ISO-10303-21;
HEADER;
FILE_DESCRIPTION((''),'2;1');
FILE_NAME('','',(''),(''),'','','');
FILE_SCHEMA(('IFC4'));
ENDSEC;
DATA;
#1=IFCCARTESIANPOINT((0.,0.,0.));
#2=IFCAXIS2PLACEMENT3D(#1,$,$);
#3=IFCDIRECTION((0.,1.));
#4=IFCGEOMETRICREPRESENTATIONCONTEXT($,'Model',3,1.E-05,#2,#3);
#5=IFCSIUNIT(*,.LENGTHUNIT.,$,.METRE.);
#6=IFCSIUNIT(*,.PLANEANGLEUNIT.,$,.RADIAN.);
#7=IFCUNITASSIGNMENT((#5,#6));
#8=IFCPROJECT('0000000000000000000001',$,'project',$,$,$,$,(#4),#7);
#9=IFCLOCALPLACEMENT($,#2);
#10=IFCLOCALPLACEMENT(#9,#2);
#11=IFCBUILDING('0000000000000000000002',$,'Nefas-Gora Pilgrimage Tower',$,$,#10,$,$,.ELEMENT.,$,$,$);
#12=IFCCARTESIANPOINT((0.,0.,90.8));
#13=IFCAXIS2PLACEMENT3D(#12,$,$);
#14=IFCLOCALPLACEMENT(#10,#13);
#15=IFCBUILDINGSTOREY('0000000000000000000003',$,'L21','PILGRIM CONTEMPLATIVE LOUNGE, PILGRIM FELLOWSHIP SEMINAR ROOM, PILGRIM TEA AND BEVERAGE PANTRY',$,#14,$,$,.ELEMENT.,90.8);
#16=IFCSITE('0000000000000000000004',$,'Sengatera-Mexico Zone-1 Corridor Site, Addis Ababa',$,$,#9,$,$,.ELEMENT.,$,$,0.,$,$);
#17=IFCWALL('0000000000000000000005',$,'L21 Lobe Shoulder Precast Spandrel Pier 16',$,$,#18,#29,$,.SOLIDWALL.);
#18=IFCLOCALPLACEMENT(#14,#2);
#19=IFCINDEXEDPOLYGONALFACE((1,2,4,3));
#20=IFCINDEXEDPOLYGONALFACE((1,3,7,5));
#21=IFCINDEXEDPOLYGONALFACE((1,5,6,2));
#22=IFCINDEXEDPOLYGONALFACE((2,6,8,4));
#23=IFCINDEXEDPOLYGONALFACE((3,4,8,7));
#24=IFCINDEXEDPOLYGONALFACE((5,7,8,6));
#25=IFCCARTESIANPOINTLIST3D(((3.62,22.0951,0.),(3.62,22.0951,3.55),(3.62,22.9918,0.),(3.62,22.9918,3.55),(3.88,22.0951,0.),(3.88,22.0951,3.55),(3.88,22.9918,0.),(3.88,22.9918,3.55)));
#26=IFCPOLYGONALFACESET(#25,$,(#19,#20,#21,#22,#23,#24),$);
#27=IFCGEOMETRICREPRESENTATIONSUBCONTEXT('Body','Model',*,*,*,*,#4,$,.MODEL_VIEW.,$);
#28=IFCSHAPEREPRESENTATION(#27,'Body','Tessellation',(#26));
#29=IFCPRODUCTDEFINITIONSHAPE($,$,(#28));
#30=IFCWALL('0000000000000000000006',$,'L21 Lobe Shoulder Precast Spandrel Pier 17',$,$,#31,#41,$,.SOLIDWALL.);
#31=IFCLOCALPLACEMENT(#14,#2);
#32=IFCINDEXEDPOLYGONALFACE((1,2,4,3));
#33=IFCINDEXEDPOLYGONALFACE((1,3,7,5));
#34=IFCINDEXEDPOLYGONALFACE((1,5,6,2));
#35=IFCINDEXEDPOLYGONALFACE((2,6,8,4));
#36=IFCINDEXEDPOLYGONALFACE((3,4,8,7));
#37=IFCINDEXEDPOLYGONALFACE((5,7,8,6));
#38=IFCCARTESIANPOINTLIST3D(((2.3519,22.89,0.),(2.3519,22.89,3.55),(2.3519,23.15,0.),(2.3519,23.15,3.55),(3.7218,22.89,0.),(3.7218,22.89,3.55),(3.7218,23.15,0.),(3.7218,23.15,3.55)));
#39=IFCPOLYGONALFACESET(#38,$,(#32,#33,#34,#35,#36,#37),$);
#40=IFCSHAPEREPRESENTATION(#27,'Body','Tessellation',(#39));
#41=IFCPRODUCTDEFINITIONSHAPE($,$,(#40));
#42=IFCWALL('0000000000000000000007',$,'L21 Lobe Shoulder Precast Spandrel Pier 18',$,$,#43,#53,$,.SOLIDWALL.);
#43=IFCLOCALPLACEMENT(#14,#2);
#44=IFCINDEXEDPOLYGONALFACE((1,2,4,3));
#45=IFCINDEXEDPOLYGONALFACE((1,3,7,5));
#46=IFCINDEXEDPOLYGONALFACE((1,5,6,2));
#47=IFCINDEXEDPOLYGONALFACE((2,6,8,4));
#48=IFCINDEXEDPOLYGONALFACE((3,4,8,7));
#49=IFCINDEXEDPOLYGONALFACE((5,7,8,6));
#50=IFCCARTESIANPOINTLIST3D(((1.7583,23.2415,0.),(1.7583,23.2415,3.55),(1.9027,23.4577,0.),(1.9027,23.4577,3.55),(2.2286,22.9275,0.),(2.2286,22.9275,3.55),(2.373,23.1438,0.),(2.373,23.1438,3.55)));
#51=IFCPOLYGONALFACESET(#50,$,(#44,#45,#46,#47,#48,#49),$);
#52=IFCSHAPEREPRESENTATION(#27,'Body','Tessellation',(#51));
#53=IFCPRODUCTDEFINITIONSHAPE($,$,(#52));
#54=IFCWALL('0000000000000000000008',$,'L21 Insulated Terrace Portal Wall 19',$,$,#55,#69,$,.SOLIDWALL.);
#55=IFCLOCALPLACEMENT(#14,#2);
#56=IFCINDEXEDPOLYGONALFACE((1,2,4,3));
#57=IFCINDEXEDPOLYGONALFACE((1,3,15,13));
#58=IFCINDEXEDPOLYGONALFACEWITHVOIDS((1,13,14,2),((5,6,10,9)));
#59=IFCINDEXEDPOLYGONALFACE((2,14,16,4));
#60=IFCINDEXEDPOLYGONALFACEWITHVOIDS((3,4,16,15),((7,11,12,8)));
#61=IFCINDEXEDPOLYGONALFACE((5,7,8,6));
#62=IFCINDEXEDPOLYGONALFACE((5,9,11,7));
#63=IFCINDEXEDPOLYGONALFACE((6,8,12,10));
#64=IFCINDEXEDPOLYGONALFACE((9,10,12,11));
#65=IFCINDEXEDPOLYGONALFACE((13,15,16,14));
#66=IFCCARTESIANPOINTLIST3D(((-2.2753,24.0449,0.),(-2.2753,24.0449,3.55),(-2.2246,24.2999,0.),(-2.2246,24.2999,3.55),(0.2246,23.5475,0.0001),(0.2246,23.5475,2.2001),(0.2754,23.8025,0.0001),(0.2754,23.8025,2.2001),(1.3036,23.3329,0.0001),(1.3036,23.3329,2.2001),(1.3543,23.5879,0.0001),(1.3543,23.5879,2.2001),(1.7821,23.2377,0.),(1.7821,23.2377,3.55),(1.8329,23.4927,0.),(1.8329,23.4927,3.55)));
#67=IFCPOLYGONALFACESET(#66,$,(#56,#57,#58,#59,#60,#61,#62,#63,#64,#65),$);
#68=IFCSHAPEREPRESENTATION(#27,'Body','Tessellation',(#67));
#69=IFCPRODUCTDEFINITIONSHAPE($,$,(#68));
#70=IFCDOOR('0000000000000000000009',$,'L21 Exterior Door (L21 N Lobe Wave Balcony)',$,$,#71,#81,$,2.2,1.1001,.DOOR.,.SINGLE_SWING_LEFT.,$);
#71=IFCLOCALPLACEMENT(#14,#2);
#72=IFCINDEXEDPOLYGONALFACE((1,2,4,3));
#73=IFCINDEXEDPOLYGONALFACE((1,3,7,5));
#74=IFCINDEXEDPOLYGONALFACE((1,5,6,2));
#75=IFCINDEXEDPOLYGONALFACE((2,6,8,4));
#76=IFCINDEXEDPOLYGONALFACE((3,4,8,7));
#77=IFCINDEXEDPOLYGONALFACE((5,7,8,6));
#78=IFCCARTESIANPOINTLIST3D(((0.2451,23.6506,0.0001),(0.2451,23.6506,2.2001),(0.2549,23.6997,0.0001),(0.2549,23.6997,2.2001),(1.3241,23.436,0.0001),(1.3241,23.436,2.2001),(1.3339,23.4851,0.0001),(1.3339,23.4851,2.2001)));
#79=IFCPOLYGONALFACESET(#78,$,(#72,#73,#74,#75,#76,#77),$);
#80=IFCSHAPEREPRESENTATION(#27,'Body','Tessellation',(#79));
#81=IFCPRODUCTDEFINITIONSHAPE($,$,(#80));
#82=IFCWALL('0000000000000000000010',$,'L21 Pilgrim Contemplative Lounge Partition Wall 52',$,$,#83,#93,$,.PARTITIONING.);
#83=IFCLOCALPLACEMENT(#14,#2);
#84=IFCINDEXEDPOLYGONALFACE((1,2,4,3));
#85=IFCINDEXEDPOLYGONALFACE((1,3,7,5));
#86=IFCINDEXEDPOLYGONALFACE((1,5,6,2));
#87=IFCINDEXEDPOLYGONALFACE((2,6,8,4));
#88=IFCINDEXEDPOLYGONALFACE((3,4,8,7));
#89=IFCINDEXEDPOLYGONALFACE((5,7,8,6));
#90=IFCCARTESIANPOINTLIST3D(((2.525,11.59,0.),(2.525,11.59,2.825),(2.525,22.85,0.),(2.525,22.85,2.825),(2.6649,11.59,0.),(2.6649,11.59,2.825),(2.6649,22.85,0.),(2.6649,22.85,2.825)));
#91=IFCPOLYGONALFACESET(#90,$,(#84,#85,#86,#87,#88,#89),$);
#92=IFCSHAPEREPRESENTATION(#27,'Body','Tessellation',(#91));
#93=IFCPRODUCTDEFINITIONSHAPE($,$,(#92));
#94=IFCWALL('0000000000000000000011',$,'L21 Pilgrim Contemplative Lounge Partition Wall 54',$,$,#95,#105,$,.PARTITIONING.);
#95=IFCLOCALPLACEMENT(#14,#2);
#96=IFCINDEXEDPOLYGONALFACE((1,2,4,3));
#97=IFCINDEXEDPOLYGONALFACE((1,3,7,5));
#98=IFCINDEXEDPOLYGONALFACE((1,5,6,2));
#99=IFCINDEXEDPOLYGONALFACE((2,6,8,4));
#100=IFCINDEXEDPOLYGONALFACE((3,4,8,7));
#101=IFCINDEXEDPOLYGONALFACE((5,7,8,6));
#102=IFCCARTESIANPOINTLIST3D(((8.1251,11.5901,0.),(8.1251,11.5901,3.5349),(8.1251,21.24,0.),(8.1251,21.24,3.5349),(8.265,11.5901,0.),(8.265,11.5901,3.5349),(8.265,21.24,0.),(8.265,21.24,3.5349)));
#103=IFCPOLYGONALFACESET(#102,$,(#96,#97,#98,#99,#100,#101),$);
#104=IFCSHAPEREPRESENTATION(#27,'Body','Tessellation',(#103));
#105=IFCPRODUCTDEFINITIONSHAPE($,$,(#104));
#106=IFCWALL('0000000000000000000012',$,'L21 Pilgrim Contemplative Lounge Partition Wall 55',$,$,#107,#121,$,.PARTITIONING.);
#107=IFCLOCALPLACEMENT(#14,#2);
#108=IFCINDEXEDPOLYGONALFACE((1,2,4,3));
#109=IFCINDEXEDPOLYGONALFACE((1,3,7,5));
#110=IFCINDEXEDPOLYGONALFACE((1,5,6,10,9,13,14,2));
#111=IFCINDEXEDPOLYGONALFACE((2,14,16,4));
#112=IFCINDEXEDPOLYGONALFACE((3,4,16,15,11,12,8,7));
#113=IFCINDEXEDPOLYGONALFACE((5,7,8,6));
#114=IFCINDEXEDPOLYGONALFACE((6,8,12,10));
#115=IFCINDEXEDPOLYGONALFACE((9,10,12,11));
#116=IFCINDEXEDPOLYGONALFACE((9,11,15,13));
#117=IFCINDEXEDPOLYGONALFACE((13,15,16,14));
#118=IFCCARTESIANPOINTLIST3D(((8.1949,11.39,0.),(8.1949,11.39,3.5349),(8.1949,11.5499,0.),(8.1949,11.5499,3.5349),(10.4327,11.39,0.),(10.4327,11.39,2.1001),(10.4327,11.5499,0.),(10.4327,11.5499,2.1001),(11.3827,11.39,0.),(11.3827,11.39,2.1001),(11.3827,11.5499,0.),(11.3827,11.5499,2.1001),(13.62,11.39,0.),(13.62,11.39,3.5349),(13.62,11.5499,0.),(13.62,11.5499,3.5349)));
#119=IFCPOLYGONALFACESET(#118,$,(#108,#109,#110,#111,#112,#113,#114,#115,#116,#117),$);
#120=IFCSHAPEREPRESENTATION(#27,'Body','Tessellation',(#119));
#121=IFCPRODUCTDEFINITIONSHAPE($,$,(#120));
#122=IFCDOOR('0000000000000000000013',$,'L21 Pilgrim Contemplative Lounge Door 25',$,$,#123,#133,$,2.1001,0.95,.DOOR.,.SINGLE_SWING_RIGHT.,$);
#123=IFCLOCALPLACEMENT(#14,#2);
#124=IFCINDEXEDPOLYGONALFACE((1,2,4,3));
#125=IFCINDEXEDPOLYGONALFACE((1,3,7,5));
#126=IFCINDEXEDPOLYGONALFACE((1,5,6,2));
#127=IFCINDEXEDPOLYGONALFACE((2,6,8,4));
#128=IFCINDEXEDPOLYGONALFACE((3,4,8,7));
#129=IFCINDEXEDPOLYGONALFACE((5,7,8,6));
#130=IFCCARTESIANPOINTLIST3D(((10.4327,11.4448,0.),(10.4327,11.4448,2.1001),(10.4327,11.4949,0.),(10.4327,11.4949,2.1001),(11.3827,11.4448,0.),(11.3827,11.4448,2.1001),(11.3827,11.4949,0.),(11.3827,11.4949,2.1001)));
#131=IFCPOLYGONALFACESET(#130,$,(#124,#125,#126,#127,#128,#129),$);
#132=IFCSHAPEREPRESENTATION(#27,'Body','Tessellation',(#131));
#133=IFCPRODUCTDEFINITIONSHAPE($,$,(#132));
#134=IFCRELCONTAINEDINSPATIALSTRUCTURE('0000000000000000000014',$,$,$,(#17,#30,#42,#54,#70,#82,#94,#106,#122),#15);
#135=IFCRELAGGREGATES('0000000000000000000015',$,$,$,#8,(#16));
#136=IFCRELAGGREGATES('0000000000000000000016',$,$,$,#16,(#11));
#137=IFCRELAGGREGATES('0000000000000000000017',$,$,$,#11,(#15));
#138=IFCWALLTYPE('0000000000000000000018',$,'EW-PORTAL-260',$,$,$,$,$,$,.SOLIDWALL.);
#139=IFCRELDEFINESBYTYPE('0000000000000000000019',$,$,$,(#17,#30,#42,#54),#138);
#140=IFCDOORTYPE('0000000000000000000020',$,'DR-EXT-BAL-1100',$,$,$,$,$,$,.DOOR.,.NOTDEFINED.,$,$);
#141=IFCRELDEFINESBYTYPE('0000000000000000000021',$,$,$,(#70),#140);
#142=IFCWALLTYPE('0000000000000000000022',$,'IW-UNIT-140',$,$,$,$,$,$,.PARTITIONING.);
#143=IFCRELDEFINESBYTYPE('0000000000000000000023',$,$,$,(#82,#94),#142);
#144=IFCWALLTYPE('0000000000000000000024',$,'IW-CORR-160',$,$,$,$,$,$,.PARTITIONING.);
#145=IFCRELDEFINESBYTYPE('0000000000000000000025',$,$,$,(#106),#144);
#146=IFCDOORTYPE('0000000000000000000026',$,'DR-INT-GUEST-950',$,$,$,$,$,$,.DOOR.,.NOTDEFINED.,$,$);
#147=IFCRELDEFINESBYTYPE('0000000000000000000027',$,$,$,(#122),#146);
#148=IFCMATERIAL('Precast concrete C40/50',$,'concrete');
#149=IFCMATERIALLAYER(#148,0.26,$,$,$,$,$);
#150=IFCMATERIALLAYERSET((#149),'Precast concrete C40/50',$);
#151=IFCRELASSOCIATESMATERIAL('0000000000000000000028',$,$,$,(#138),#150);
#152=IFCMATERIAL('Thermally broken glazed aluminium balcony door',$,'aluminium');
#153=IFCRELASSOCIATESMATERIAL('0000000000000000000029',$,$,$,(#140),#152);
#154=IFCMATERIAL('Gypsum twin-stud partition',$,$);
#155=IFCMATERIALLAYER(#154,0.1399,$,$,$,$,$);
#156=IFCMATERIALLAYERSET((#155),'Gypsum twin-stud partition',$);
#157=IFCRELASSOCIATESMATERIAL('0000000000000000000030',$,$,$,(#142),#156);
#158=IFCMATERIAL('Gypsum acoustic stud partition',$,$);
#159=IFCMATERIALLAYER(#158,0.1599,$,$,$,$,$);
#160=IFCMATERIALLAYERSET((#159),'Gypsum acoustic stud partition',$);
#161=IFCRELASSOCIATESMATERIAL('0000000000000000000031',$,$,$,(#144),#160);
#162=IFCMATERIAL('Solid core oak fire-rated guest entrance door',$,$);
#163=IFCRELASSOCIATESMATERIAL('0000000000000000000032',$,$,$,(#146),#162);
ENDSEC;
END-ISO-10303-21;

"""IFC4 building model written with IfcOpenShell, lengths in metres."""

from ifc_helpers import new_model, si_unit, direction, frame, frame_2d, origin, place, context, subcontext, project, spatial, rectangle, extrude, source, transform, mapped, material, layer, layer_set, type_object, element, fill, save


model = new_model("IFC4")

# Units and contexts
model_context = context("Model", 3, precision=1e-05, world=origin(), true_north=direction((0.0, 1.0)))
body_context = subcontext(model_context, "Body", "Model", "MODEL_VIEW")
ifc_project = project(units=[si_unit("LENGTHUNIT", "METRE"), si_unit("PLANEANGLEUNIT", "RADIAN")], contexts=[model_context])

# Site, building, storey
site_placement = place(None, origin())
site = spatial("IfcSite", under=ifc_project, at=site_placement, Name="Sengatera-Mexico Zone-1 Corridor Site, Addis Ababa", CompositionType="ELEMENT", RefElevation=0.0)
building_placement = place(site_placement, origin())
building = spatial("IfcBuilding", under=site, at=building_placement, Name="Nefas-Gora Pilgrimage Tower", CompositionType="ELEMENT")
storey_placement = place(building_placement, frame((0.0, 0.0, 90.8)))
storey = spatial("IfcBuildingStorey", under=building, at=storey_placement, Name="L21", Description="PILGRIM CONTEMPLATIVE LOUNGE, PILGRIM FELLOWSHIP SEMINAR ROOM, PILGRIM TEA AND BEVERAGE PANTRY", CompositionType="ELEMENT", Elevation=90.8)

# Walls
ifc_material_1 = material(Name="Precast concrete C40/50", Category="concrete")
ifc_layer_1 = layer(ifc_material_1, 0.26)
ifc_layer_set_1 = layer_set([ifc_layer_1], Name="Precast concrete C40/50")
wall_type_1 = type_object("IfcWallType", Name="EW-PORTAL-260", PredefinedType="SOLIDWALL", material=ifc_layer_set_1)
shared_shape_1 = source(origin(), body_context, "Body", "SweptSolid", [
    extrude(rectangle(XDim=0.8967, YDim=0.26, at=frame_2d((0.4482, 0.0))), origin(), (0.0, 0.0, 1.0), 3.55),
])
wall_1_placement = place(storey_placement, frame((3.75, 22.0952, 0.0), z_axis=(0.0, 0.0, 1.0), x_axis=(0.0, 1.0, 0.0)))
element("IfcWall", 1, at=wall_1_placement, inside=storey, type_object=wall_type_1, Name="L21 Lobe Shoulder Precast Spandrel Pier 16", PredefinedType="SOLIDWALL", context=body_context, shape_type="MappedRepresentation", body=[
    mapped(shared_shape_1, transform((0.0, 0.0, 0.0), x_axis=(1.0, 0.0, 0.0), y_axis=(0.0, 1.0, 0.0), z_axis=(0.0, 0.0, 1.0), scale=1.0)),
])
shared_shape_2 = source(origin(), body_context, "Body", "SweptSolid", [
    extrude(rectangle(XDim=1.3699, YDim=0.26, at=frame_2d((0.6851, 0.0))), origin(), (0.0, 0.0, 1.0), 3.55),
])
wall_2_placement = place(storey_placement, frame((3.7219, 23.02, 0.0), z_axis=(0.0, 0.0, 1.0), x_axis=(-1.0, 0.0, 0.0)))
element("IfcWall", 2, at=wall_2_placement, inside=storey, type_object=wall_type_1, Name="L21 Lobe Shoulder Precast Spandrel Pier 17", PredefinedType="SOLIDWALL", context=body_context, shape_type="MappedRepresentation", body=[
    mapped(shared_shape_2, transform((0.0, 0.0, 0.0), x_axis=(1.0, 0.0, 0.0), y_axis=(0.0, 1.0, 0.0), z_axis=(0.0, 0.0, 1.0), scale=1.0)),
])
shared_shape_3 = source(origin(), body_context, "Body", "SweptSolid", [
    extrude(rectangle(XDim=0.5654, YDim=0.26, at=frame_2d((0.2827, 0.0))), origin(), (0.0, 0.0, 1.0), 3.55),
])
wall_3_placement = place(storey_placement, frame((2.3008, 23.0356, 0.0), z_axis=(0.0, 0.0, 1.0), x_axis=(-0.831651, 0.555298, 0.0)))
element("IfcWall", 3, at=wall_3_placement, inside=storey, type_object=wall_type_1, Name="L21 Lobe Shoulder Precast Spandrel Pier 18", PredefinedType="SOLIDWALL", context=body_context, shape_type="MappedRepresentation", body=[
    mapped(shared_shape_3, transform((0.0, 0.0, 0.0), x_axis=(1.0, 0.0, 0.0), y_axis=(0.0, 1.0, 0.0), z_axis=(0.0, 0.0, 1.0), scale=1.0)),
])

# Wall, opening, door
shared_shape_4 = source(origin(), body_context, "Body", "SweptSolid", [
    extrude(rectangle(XDim=4.137, YDim=0.26, at=frame_2d((2.0684, 0.0))), origin(), (0.0, 0.0, 1.0), 3.55),
])
wall_4_placement = place(storey_placement, frame((1.8074, 23.3652, 0.0), z_axis=(0.0, 0.0, 1.0), x_axis=(-0.980782, 0.195106, 0.0)))
wall_4 = element("IfcWall", 4, at=wall_4_placement, inside=storey, type_object=wall_type_1, Name="L21 Insulated Terrace Portal Wall 19", PredefinedType="SOLIDWALL", context=body_context, shape_type="MappedRepresentation", body=[
    mapped(shared_shape_4, transform((0.0, 0.0, 0.0), x_axis=(1.0, 0.0, 0.0), y_axis=(0.0, 1.0, 0.0), z_axis=(0.0, 0.0, 1.0), scale=1.0)),
])
opening_1_placement = place(wall_4_placement, frame((0.4878, 0.0, 0.0)))
opening_1 = element("IfcOpeningElement", 5, at=opening_1_placement, cuts=wall_4, PredefinedType="OPENING", context=body_context, shape_type="SweptSolid", body=[
    extrude(rectangle(XDim=1.1001, YDim=2.2, at=frame_2d((0.55, 1.1001))), frame((0.0, 0.1399, 0.0), z_axis=(0.0, -1.0, 0.0), x_axis=(1.0, 0.0, 0.0)), (0.0, 0.0, 1.0), 0.28),
])
ifc_material_2 = material(Name="Thermally broken glazed aluminium balcony door", Category="aluminium")
door_type_1 = type_object("IfcDoorType", Name="DR-EXT-BAL-1100", OperationType="NOTDEFINED", PredefinedType="DOOR", material=ifc_material_2)
shared_shape_5 = source(origin(), body_context, "Body", "SweptSolid", [
    extrude(rectangle(XDim=1.1001, YDim=2.2, at=frame_2d((0.55, 1.1001))), frame((0.0, 0.0249, 0.0), z_axis=(0.0, -1.0, 0.0), x_axis=(1.0, 0.0, 0.0)), (0.0, 0.0, 1.0), 0.05),
])
door_1_placement = place(opening_1_placement, origin())
door_1 = element("IfcDoor", 6, at=door_1_placement, inside=storey, type_object=door_type_1, Name="L21 Exterior Door (L21 N Lobe Wave Balcony)", OperationType="SINGLE_SWING_LEFT", OverallHeight=2.2, OverallWidth=1.1001, PredefinedType="DOOR", context=body_context, shape_type="MappedRepresentation", body=[
    mapped(shared_shape_5, transform((0.0, 0.0, 0.0), x_axis=(1.0, 0.0, 0.0), y_axis=(0.0, 1.0, 0.0), z_axis=(0.0, 0.0, 1.0), scale=1.0)),
])
fill(opening_1, door_1)

# Walls
ifc_material_3 = material(Name="Gypsum twin-stud partition")
ifc_layer_2 = layer(ifc_material_3, 0.1399)
ifc_layer_set_2 = layer_set([ifc_layer_2], Name="Gypsum twin-stud partition")
wall_type_2 = type_object("IfcWallType", Name="IW-UNIT-140", PredefinedType="PARTITIONING", material=ifc_layer_set_2)
shared_shape_6 = source(origin(), body_context, "Body", "SweptSolid", [
    extrude(rectangle(XDim=11.26, YDim=0.1399, at=frame_2d((5.6299, 0.0))), origin(), (0.0, 0.0, 1.0), 2.825),
])
wall_5_placement = place(storey_placement, frame((2.595, 11.5901, 0.0), z_axis=(0.0, 0.0, 1.0), x_axis=(0.0, 1.0, 0.0)))
element("IfcWall", 7, at=wall_5_placement, inside=storey, type_object=wall_type_2, Name="L21 Pilgrim Contemplative Lounge Partition Wall 52", PredefinedType="PARTITIONING", context=body_context, shape_type="MappedRepresentation", body=[
    mapped(shared_shape_6, transform((0.0, 0.0, 0.0), x_axis=(1.0, 0.0, 0.0), y_axis=(0.0, 1.0, 0.0), z_axis=(0.0, 0.0, 1.0), scale=1.0)),
])
shared_shape_7 = source(origin(), body_context, "Body", "SweptSolid", [
    extrude(rectangle(XDim=9.6499, YDim=0.1399, at=frame_2d((4.825, 0.0))), origin(), (0.0, 0.0, 1.0), 3.5349),
])
wall_6_placement = place(storey_placement, frame((8.1951, 11.5901, 0.0), z_axis=(0.0, 0.0, 1.0), x_axis=(0.0, 1.0, 0.0)))
element("IfcWall", 8, at=wall_6_placement, inside=storey, type_object=wall_type_2, Name="L21 Pilgrim Contemplative Lounge Partition Wall 54", PredefinedType="PARTITIONING", context=body_context, shape_type="MappedRepresentation", body=[
    mapped(shared_shape_7, transform((0.0, 0.0, 0.0), x_axis=(1.0, 0.0, 0.0), y_axis=(0.0, 1.0, 0.0), z_axis=(0.0, 0.0, 1.0), scale=1.0)),
])

# Wall, opening, door
ifc_material_4 = material(Name="Gypsum acoustic stud partition")
ifc_layer_3 = layer(ifc_material_4, 0.1599)
ifc_layer_set_3 = layer_set([ifc_layer_3], Name="Gypsum acoustic stud partition")
wall_type_3 = type_object("IfcWallType", Name="IW-CORR-160", PredefinedType="PARTITIONING", material=ifc_layer_set_3)
shared_shape_8 = source(origin(), body_context, "Body", "SweptSolid", [
    extrude(rectangle(XDim=5.425, YDim=0.1599, at=frame_2d((2.7124, 0.0))), origin(), (0.0, 0.0, 1.0), 3.5349),
])
wall_7_placement = place(storey_placement, frame((8.1951, 11.47, 0.0), z_axis=(0.0, 0.0, 1.0), x_axis=(1.0, 0.0, 0.0)))
wall_7 = element("IfcWall", 9, at=wall_7_placement, inside=storey, type_object=wall_type_3, Name="L21 Pilgrim Contemplative Lounge Partition Wall 55", PredefinedType="PARTITIONING", context=body_context, shape_type="MappedRepresentation", body=[
    mapped(shared_shape_8, transform((0.0, 0.0, 0.0), x_axis=(1.0, 0.0, 0.0), y_axis=(0.0, 1.0, 0.0), z_axis=(0.0, 0.0, 1.0), scale=1.0)),
])
opening_2_placement = place(wall_7_placement, frame((2.2375, 0.0, 0.0)))
opening_2 = element("IfcOpeningElement", 10, at=opening_2_placement, cuts=wall_7, PredefinedType="OPENING", context=body_context, shape_type="SweptSolid", body=[
    extrude(rectangle(XDim=0.95, YDim=2.1001, at=frame_2d((0.4751, 1.05))), frame((0.0, 0.0898, 0.0), z_axis=(0.0, -1.0, 0.0), x_axis=(1.0, 0.0, 0.0)), (0.0, 0.0, 1.0), 0.1799),
])
ifc_material_5 = material(Name="Solid core oak fire-rated guest entrance door")
door_type_2 = type_object("IfcDoorType", Name="DR-INT-GUEST-950", OperationType="NOTDEFINED", PredefinedType="DOOR", material=ifc_material_5)
shared_shape_9 = source(origin(), body_context, "Body", "SweptSolid", [
    extrude(rectangle(XDim=0.95, YDim=2.1001, at=frame_2d((0.4751, 1.05))), frame((0.0, 0.0249, 0.0), z_axis=(0.0, -1.0, 0.0), x_axis=(1.0, 0.0, 0.0)), (0.0, 0.0, 1.0), 0.05),
])
door_2_placement = place(opening_2_placement, origin())
door_2 = element("IfcDoor", 11, at=door_2_placement, inside=storey, type_object=door_type_2, Name="L21 Pilgrim Contemplative Lounge Door 25", OperationType="SINGLE_SWING_RIGHT", OverallHeight=2.1001, OverallWidth=0.95, PredefinedType="DOOR", context=body_context, shape_type="MappedRepresentation", body=[
    mapped(shared_shape_9, transform((0.0, 0.0, 0.0), x_axis=(1.0, 0.0, 0.0), y_axis=(0.0, 1.0, 0.0), z_axis=(0.0, 0.0, 1.0), scale=1.0)),
])
fill(opening_2, door_2)

save(model, "model.ifc")
